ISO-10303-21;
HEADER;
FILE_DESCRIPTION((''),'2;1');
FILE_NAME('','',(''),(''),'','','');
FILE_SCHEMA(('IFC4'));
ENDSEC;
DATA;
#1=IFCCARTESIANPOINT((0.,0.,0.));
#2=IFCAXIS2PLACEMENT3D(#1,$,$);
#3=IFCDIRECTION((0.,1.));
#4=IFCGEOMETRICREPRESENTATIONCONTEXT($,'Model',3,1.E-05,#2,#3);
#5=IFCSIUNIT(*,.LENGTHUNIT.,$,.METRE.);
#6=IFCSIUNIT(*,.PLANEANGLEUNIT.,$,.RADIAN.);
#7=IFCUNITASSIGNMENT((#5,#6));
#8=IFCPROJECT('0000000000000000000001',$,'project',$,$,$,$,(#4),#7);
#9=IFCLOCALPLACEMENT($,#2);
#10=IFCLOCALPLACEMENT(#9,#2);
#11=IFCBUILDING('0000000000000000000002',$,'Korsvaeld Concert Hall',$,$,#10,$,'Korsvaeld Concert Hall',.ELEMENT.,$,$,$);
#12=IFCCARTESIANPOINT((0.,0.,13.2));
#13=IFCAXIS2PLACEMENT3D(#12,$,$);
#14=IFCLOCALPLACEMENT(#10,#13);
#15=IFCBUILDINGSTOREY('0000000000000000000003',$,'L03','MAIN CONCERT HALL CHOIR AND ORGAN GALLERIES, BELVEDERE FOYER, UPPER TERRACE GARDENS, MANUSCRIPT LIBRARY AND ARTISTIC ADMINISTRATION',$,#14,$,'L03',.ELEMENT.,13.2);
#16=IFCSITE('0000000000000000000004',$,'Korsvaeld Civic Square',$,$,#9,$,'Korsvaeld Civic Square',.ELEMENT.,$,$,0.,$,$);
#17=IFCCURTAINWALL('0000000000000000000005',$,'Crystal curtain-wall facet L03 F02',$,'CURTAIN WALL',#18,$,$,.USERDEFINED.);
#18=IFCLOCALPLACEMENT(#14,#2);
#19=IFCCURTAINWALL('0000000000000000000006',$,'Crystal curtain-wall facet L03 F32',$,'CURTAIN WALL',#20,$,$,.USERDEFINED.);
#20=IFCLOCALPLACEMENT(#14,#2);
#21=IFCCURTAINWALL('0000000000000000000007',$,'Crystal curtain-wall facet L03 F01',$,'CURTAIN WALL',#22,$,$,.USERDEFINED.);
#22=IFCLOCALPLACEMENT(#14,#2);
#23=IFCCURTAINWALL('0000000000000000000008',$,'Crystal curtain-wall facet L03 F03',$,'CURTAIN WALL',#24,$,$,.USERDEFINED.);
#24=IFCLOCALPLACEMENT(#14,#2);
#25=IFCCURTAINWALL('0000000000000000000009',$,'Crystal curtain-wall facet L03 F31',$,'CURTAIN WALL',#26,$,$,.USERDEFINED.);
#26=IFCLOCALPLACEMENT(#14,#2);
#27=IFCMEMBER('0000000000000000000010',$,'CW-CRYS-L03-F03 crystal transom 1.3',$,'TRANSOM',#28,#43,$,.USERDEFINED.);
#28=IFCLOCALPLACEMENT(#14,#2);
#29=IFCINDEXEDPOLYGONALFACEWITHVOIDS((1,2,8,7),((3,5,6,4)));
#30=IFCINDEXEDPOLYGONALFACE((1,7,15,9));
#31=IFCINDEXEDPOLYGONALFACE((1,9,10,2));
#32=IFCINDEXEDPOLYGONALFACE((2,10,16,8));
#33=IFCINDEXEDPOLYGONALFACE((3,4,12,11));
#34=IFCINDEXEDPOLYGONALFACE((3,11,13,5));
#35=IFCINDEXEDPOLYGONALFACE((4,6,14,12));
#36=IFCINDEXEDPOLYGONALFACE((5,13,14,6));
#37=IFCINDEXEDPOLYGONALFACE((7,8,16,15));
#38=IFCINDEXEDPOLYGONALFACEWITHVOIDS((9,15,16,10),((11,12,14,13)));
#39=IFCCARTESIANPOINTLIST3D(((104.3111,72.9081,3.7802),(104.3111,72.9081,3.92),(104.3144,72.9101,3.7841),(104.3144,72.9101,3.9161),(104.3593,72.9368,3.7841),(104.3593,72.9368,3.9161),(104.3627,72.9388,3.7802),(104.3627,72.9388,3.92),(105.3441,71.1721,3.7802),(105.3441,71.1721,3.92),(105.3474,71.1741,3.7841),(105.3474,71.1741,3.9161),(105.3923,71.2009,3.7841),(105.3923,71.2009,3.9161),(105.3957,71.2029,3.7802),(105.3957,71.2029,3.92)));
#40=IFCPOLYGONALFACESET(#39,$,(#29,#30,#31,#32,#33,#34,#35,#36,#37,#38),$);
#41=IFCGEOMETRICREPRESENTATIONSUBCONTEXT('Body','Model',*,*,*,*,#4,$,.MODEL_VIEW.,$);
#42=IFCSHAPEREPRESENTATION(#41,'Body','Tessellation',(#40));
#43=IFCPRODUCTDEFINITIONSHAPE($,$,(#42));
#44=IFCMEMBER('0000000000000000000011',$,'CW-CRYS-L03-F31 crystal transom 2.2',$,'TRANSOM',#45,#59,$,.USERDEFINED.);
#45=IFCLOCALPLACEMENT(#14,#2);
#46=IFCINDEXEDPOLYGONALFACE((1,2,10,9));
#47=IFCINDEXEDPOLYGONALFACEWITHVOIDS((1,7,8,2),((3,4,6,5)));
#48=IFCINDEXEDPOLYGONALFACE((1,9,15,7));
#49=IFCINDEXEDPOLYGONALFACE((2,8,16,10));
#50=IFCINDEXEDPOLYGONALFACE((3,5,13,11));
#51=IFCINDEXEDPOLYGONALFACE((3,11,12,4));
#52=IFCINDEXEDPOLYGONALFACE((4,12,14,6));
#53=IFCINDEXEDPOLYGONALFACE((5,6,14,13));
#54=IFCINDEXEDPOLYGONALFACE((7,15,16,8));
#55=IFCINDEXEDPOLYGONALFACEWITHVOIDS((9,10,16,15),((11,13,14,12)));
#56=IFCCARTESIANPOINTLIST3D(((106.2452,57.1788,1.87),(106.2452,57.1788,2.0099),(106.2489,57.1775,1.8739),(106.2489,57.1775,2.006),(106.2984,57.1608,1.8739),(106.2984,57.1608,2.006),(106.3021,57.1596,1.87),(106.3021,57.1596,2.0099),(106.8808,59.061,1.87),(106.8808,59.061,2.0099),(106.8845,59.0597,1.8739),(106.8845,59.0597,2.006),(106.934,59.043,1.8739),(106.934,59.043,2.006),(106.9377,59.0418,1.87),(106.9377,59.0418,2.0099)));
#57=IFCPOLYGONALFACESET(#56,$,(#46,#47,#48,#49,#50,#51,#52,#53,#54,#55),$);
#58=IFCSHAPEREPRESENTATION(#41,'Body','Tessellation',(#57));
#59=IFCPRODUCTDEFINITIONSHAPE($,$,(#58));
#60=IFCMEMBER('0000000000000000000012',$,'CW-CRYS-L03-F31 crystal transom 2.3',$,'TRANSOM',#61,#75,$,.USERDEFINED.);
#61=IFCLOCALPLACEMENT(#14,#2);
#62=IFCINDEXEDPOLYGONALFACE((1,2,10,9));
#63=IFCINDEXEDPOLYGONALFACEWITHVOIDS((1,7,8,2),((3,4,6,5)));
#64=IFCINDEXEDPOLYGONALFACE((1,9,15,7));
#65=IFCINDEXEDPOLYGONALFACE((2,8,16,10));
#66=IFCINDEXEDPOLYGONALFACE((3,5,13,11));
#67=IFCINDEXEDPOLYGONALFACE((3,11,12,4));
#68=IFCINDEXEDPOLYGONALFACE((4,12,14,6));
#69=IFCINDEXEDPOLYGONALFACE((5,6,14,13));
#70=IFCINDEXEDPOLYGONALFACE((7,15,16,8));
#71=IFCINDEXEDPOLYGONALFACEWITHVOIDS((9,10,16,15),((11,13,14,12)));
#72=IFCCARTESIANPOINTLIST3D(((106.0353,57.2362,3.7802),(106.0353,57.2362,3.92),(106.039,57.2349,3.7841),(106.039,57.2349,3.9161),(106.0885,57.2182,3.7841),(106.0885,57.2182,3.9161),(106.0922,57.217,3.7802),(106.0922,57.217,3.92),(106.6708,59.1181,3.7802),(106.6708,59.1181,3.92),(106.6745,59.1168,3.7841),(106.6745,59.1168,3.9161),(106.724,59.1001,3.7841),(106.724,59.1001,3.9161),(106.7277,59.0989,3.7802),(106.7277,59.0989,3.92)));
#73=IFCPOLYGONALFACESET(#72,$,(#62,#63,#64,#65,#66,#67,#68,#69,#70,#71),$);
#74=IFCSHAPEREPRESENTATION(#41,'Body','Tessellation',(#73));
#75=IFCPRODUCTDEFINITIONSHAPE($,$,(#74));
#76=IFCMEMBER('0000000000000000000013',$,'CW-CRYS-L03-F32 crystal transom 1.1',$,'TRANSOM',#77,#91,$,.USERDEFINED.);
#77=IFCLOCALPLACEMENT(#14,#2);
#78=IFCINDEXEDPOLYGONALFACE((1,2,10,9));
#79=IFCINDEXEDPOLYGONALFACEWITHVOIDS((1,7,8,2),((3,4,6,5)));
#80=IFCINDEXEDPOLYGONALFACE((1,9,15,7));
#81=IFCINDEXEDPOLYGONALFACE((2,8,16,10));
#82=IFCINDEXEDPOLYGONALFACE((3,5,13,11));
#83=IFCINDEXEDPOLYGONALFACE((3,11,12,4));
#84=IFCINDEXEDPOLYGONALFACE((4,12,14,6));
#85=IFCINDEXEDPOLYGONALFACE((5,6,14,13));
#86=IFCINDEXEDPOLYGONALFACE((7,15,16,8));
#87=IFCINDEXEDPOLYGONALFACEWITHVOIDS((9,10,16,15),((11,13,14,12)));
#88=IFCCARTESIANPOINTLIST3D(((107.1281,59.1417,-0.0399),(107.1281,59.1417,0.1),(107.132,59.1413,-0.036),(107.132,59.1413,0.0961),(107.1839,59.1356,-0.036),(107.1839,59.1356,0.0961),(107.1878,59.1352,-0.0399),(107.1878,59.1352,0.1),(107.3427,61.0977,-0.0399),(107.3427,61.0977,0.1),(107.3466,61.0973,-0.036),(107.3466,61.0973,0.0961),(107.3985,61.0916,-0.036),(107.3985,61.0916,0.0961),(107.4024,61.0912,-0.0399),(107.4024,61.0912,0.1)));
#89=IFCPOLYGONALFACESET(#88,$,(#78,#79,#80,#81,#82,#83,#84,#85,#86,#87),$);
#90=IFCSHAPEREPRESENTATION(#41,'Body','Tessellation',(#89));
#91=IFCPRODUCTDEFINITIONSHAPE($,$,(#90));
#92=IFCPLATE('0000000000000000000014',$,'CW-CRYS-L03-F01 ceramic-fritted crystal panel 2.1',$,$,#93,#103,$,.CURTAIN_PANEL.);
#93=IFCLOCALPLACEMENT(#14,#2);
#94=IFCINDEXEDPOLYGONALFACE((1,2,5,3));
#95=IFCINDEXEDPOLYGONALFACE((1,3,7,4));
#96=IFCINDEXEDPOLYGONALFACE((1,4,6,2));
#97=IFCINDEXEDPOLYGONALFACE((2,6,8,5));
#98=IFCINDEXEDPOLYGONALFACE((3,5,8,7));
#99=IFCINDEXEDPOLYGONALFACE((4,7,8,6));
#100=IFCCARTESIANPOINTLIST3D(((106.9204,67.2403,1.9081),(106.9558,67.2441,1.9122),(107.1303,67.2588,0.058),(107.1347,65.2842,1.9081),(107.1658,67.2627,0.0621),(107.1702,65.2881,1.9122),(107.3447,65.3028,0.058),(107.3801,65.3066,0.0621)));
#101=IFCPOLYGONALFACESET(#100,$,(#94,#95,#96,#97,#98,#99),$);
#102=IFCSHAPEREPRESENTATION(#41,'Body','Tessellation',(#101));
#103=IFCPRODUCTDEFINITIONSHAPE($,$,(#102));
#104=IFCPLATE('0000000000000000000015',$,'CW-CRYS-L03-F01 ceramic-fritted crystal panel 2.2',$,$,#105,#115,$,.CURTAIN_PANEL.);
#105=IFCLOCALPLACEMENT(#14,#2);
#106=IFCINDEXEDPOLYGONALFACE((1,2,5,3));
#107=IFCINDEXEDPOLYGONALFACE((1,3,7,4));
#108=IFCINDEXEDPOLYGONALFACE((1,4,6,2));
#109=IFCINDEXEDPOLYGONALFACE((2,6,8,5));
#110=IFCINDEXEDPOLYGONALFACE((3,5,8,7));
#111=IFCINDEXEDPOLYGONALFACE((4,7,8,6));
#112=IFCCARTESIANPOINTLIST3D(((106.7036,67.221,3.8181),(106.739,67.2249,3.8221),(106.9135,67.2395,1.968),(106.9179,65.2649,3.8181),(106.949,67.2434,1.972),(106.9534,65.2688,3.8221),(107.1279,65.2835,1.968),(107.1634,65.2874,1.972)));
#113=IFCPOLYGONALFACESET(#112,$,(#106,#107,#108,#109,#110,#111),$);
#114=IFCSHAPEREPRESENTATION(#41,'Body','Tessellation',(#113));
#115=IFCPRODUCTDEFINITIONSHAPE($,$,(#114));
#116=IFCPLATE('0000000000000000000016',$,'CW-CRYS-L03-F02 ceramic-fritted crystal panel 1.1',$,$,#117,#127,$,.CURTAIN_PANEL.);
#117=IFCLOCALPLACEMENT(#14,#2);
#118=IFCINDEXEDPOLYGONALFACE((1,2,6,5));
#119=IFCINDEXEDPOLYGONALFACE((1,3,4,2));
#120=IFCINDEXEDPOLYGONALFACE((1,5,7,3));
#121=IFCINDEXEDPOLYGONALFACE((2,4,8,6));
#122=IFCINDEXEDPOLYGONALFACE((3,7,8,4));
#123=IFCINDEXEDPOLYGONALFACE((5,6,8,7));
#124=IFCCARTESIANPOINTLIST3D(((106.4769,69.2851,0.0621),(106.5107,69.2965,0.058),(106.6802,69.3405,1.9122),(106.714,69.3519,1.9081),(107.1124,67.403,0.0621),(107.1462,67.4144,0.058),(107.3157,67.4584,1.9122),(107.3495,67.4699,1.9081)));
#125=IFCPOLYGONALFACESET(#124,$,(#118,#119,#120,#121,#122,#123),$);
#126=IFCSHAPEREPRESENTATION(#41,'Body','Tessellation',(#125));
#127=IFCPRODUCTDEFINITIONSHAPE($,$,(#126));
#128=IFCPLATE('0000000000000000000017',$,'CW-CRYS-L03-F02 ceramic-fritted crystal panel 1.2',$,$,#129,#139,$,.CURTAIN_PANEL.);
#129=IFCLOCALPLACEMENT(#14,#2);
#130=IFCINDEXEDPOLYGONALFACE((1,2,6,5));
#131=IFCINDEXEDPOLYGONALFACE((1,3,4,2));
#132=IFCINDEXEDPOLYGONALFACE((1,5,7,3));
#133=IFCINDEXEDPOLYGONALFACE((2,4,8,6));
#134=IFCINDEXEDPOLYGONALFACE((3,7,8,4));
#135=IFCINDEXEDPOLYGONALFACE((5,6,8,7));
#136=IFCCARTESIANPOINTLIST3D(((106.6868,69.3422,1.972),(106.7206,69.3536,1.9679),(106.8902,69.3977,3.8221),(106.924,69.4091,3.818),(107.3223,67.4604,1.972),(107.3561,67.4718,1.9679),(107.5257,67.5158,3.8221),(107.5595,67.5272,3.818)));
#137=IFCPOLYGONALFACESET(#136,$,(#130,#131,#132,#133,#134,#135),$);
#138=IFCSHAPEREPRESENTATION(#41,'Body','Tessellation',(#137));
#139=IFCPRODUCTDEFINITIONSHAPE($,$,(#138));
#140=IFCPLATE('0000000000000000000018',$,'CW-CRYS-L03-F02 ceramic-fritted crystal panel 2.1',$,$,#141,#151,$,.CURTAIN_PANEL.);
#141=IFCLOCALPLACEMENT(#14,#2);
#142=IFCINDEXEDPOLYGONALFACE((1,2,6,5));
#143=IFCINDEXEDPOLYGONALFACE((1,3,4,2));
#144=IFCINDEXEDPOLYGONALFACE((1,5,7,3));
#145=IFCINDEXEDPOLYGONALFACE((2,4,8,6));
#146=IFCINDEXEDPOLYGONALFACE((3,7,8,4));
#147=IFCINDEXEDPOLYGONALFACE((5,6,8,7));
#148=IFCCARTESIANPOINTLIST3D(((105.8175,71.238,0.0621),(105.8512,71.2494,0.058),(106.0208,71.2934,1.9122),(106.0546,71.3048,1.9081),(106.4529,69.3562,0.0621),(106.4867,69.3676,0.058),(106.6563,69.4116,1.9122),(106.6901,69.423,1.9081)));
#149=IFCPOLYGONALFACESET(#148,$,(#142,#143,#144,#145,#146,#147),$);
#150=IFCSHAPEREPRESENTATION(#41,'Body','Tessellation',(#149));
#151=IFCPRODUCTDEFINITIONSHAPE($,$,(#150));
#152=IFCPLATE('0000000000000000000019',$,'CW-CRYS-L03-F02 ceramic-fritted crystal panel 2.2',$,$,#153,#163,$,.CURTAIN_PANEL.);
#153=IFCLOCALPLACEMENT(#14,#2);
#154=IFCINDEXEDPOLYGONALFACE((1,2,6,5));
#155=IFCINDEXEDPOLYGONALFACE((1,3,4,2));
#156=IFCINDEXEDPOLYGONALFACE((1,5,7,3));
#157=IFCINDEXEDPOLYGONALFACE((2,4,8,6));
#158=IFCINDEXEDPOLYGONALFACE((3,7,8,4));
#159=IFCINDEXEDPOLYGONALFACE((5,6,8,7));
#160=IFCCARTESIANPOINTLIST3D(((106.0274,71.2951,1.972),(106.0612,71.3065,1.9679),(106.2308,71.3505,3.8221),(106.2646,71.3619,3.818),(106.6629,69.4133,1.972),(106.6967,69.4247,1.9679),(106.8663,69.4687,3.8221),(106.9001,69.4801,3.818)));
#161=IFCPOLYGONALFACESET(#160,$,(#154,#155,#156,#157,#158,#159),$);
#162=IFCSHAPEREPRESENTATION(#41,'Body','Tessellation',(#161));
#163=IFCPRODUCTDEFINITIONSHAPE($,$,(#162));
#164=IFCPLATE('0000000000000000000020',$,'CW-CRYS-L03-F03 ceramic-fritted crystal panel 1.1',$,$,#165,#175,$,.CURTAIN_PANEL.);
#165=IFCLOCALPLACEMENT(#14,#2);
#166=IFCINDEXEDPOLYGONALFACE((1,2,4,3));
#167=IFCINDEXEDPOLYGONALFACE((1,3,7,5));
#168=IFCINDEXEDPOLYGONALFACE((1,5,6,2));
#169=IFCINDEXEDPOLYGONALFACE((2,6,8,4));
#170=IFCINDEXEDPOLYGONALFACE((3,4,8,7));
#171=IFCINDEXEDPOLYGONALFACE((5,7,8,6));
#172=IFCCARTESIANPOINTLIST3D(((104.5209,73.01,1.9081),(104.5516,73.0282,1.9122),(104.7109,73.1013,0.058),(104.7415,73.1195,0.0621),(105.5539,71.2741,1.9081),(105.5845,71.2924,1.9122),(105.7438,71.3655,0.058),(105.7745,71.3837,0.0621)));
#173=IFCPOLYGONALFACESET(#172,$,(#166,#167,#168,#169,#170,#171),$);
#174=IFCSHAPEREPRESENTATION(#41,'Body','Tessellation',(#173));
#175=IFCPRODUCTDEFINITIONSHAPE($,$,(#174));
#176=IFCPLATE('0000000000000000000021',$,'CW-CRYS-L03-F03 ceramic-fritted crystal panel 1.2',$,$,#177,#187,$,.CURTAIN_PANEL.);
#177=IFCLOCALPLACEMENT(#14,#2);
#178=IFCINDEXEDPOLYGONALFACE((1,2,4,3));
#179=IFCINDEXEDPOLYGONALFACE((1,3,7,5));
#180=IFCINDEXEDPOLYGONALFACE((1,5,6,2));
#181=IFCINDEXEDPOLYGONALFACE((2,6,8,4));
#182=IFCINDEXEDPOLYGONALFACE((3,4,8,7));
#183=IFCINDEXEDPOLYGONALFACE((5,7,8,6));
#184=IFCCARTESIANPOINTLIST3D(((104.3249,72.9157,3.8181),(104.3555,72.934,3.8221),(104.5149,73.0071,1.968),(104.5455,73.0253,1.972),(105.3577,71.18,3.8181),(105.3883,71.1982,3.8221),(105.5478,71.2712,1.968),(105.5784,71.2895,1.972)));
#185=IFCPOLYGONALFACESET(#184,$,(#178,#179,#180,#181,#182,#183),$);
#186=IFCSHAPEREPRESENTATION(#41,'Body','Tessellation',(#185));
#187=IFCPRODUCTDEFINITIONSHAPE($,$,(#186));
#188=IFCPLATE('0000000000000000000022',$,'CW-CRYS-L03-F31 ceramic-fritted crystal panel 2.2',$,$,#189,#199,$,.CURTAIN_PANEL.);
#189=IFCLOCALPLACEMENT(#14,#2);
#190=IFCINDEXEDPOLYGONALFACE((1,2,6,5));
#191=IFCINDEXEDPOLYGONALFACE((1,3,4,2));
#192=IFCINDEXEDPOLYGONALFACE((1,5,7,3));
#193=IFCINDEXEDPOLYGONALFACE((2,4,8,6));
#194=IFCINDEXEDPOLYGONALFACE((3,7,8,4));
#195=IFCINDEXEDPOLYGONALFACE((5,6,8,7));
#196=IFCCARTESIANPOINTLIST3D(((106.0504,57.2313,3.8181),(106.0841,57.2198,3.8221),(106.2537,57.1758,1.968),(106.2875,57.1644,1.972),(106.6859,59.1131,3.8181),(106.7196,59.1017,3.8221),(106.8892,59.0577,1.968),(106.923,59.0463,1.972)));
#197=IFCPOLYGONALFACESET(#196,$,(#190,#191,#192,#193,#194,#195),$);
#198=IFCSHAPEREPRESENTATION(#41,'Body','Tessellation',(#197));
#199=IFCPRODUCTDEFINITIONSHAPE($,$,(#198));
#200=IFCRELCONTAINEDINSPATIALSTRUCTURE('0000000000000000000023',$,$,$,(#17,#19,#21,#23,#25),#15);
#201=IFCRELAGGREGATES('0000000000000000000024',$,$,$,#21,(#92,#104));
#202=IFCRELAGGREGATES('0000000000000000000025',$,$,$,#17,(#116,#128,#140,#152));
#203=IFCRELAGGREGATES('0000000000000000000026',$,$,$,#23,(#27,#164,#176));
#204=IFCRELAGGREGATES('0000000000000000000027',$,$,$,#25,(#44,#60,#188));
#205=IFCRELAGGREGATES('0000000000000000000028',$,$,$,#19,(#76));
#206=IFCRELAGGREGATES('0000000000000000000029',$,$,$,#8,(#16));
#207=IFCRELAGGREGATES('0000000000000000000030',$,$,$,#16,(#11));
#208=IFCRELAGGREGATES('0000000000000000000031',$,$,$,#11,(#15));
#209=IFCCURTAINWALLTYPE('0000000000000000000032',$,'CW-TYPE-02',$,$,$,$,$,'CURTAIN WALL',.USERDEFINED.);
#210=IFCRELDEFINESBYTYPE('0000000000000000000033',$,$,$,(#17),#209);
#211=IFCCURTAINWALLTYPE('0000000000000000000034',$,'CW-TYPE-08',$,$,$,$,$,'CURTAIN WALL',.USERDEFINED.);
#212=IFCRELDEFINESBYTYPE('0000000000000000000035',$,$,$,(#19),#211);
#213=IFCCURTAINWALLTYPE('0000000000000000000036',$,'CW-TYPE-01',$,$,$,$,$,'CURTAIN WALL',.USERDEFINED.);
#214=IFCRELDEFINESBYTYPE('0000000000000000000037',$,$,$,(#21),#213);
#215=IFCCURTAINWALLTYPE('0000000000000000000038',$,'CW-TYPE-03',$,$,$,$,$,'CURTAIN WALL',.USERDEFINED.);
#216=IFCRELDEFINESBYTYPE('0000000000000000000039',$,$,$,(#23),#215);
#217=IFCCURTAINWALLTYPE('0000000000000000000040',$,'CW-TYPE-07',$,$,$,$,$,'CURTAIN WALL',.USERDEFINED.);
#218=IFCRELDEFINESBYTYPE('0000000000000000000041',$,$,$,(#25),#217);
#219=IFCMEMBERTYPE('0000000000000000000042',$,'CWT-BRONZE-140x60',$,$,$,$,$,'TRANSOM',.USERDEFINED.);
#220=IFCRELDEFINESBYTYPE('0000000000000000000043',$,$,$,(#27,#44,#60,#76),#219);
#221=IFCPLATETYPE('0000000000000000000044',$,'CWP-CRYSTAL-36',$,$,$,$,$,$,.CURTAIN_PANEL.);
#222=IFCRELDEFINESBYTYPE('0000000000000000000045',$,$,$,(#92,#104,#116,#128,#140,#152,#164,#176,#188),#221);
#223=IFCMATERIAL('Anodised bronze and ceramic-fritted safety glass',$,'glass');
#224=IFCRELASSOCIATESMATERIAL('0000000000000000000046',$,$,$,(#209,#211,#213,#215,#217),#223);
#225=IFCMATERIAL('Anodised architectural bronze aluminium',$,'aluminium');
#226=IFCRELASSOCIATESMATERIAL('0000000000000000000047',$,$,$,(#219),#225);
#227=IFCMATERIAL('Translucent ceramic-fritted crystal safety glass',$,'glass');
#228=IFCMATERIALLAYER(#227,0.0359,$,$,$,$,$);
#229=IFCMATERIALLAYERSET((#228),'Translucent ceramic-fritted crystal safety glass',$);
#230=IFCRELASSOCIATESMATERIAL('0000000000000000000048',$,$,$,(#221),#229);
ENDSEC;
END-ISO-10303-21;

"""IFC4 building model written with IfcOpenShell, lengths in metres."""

from ifc_helpers import new_model, si_unit, direction, frame, origin, origin_2d, place, context, subcontext, project, spatial, polyline, hollow_rectangle, outline, extrude, material, layer, layer_set, material_profile, profile_set, type_object, element, aggregate, save


model = new_model("IFC4")

# Units and contexts
model_context = context("Model", 3, precision=1e-05, world=origin(), true_north=direction((0.0, 1.0)))
body_context = subcontext(model_context, "Body", "Model", "MODEL_VIEW")
ifc_project = project(units=[si_unit("LENGTHUNIT", "METRE"), si_unit("PLANEANGLEUNIT", "RADIAN")], contexts=[model_context])

# Site, building, storey
site_placement = place(None, origin())
site = spatial("IfcSite", under=ifc_project, at=site_placement, Name="Korsvaeld Civic Square", LongName="Korsvaeld Civic Square", CompositionType="ELEMENT", RefElevation=0.0)
building_placement = place(site_placement, origin())
building = spatial("IfcBuilding", under=site, at=building_placement, Name="Korsvaeld Concert Hall", LongName="Korsvaeld Concert Hall", CompositionType="ELEMENT")
storey_placement = place(building_placement, frame((0.0, 0.0, 13.2)))
storey = spatial("IfcBuildingStorey", under=building, at=storey_placement, Name="L03", Description="MAIN CONCERT HALL CHOIR AND ORGAN GALLERIES, BELVEDERE FOYER, UPPER TERRACE GARDENS, MANUSCRIPT LIBRARY AND ARTISTIC ADMINISTRATION", LongName="L03", CompositionType="ELEMENT", Elevation=13.2)

# Curtain wall
ifc_material_1 = material(Name="Anodised bronze and ceramic-fritted safety glass", Category="glass")
curtain_wall_type_1 = type_object("IfcCurtainWallType", Name="CW-TYPE-02", ElementType="CURTAIN WALL", PredefinedType="USERDEFINED", material=ifc_material_1)
curtain_wall_1_placement = place(storey_placement, origin())
curtain_wall_1 = element("IfcCurtainWall", 1, at=curtain_wall_1_placement, inside=storey, type_object=curtain_wall_type_1, Name="Crystal curtain-wall facet L03 F02", ObjectType="CURTAIN WALL", PredefinedType="USERDEFINED")
ifc_material_2 = material(Name="Anodised architectural bronze aluminium", Category="aluminium")

# Curtain walls
curtain_wall_type_2 = type_object("IfcCurtainWallType", Name="CW-TYPE-08", ElementType="CURTAIN WALL", PredefinedType="USERDEFINED", material=ifc_material_1)
curtain_wall_2_placement = place(storey_placement, origin())
curtain_wall_2 = element("IfcCurtainWall", 2, at=curtain_wall_2_placement, inside=storey, type_object=curtain_wall_type_2, Name="Crystal curtain-wall facet L03 F32", ObjectType="CURTAIN WALL", PredefinedType="USERDEFINED")
curtain_wall_type_3 = type_object("IfcCurtainWallType", Name="CW-TYPE-01", ElementType="CURTAIN WALL", PredefinedType="USERDEFINED", material=ifc_material_1)
curtain_wall_3_placement = place(storey_placement, origin())
curtain_wall_3 = element("IfcCurtainWall", 3, at=curtain_wall_3_placement, inside=storey, type_object=curtain_wall_type_3, Name="Crystal curtain-wall facet L03 F01", ObjectType="CURTAIN WALL", PredefinedType="USERDEFINED")
curtain_wall_type_4 = type_object("IfcCurtainWallType", Name="CW-TYPE-03", ElementType="CURTAIN WALL", PredefinedType="USERDEFINED", material=ifc_material_1)
curtain_wall_4_placement = place(storey_placement, origin())
curtain_wall_4 = element("IfcCurtainWall", 4, at=curtain_wall_4_placement, inside=storey, type_object=curtain_wall_type_4, Name="Crystal curtain-wall facet L03 F03", ObjectType="CURTAIN WALL", PredefinedType="USERDEFINED")
curtain_wall_type_5 = type_object("IfcCurtainWallType", Name="CW-TYPE-07", ElementType="CURTAIN WALL", PredefinedType="USERDEFINED", material=ifc_material_1)
curtain_wall_5_placement = place(storey_placement, origin())
curtain_wall_5 = element("IfcCurtainWall", 5, at=curtain_wall_5_placement, inside=storey, type_object=curtain_wall_type_5, Name="Crystal curtain-wall facet L03 F31", ObjectType="CURTAIN WALL", PredefinedType="USERDEFINED")

# Members
ifc_material_profile_1 = material_profile(ifc_material_2, hollow_rectangle(XDim=0.0601, YDim=0.1399, WallThickness=0.0039, at=origin_2d()), Name="CWT 140x60x4")
ifc_profile_set_1 = profile_set([ifc_material_profile_1], Name="Anodised architectural bronze aluminium")
member_type_1 = type_object("IfcMemberType", Name="CWT-BRONZE-140x60", ElementType="TRANSOM", PredefinedType="USERDEFINED", material=ifc_profile_set_1)
member_1_placement = place(storey_placement, frame((105.3699, 71.1875, 3.8501), z_axis=(-0.511382, 0.859354, 0.0), x_axis=(-0.859354, -0.511382, 0.0)))
member_1 = element("IfcMember", 6, at=member_1_placement, type_object=member_type_1, Name="CW-CRYS-L03-F03 crystal transom 1.3", ObjectType="TRANSOM", PredefinedType="USERDEFINED", context=body_context, shape_type="SweptSolid", body=[
    extrude(hollow_rectangle(XDim=0.0601, YDim=0.1399, WallThickness=0.0039, at=origin_2d()), origin(), (0.0, 0.0, 1.0), 2.02),
])
member_2_placement = place(storey_placement, frame((106.2737, 57.1692, 1.9399), z_axis=(0.319912, 0.947447, 0.0), x_axis=(-0.947447, 0.319912, 0.0)))
member_2 = element("IfcMember", 7, at=member_2_placement, type_object=member_type_1, Name="CW-CRYS-L03-F31 crystal transom 2.2", ObjectType="TRANSOM", PredefinedType="USERDEFINED", context=body_context, shape_type="SweptSolid", body=[
    extrude(hollow_rectangle(XDim=0.0601, YDim=0.1399, WallThickness=0.0039, at=origin_2d()), origin(), (0.0, 0.0, 1.0), 1.9866),
])
member_3_placement = place(storey_placement, frame((106.0637, 57.2266, 3.8501), z_axis=(0.31995, 0.947435, 0.0), x_axis=(-0.947435, 0.31995, 0.0)))
member_3 = element("IfcMember", 8, at=member_3_placement, type_object=member_type_1, Name="CW-CRYS-L03-F31 crystal transom 2.3", ObjectType="TRANSOM", PredefinedType="USERDEFINED", context=body_context, shape_type="SweptSolid", body=[
    extrude(hollow_rectangle(XDim=0.0601, YDim=0.1399, WallThickness=0.0039, at=origin_2d()), origin(), (0.0, 0.0, 1.0), 1.9863),
])
member_4_placement = place(storey_placement, frame((107.158, 59.1384, 0.03), z_axis=(0.109056, 0.994036, 0.0), x_axis=(-0.994036, 0.109056, 0.0)))
member_4 = element("IfcMember", 9, at=member_4_placement, type_object=member_type_1, Name="CW-CRYS-L03-F32 crystal transom 1.1", ObjectType="TRANSOM", PredefinedType="USERDEFINED", context=body_context, shape_type="SweptSolid", body=[
    extrude(hollow_rectangle(XDim=0.0601, YDim=0.1399, WallThickness=0.0039, at=origin_2d()), origin(), (0.0, 0.0, 1.0), 1.9678),
])

# Plates
ifc_material_3 = material(Name="Translucent ceramic-fritted crystal safety glass", Category="glass")
ifc_layer = layer(ifc_material_3, 0.0359)
ifc_layer_set = layer_set([ifc_layer], Name="Translucent ceramic-fritted crystal safety glass")
plate_type = type_object("IfcPlateType", Name="CWP-CRYSTAL-36", PredefinedType="CURTAIN_PANEL", material=ifc_layer_set)
plate_1_placement = place(storey_placement, frame((107.3623, 65.3047, 0.0601), z_axis=(0.987663, 0.108234, 0.113172), x_axis=(-0.108933, 0.994049, 0.0)))
plate_1 = element("IfcPlate", 10, at=plate_1_placement, type_object=plate_type, Name="CW-CRYS-L03-F01 ceramic-fritted crystal panel 2.1", PredefinedType="CURTAIN_PANEL", context=body_context, shape_type="SweptSolid", body=[
    extrude(outline(polyline([(0.0, 0.0), (1.9678, 0.0), (1.9722, 1.8621), (0.0044, 1.8621), (0.0, 0.0)])), frame((0.0, 0.0, 0.0181)), (0.0, 0.0, -1.0), 0.0359),
])
plate_2_placement = place(storey_placement, frame((107.1455, 65.2854, 1.97), z_axis=(0.987663, 0.108234, 0.113172), x_axis=(-0.108933, 0.994049, 0.0)))
plate_2 = element("IfcPlate", 11, at=plate_2_placement, type_object=plate_type, Name="CW-CRYS-L03-F01 ceramic-fritted crystal panel 2.2", PredefinedType="CURTAIN_PANEL", context=body_context, shape_type="SweptSolid", body=[
    extrude(outline(polyline([(0.0, 0.0), (1.9678, 0.0), (1.9722, 1.8621), (0.0044, 1.8621), (0.0, 0.0)])), frame((0.0, 0.0, 0.0181)), (0.0, 0.0, -1.0), 0.0359),
])
aggregate(curtain_wall_3, [plate_1, plate_2])
plate_3_placement = place(storey_placement, frame((107.1292, 67.4087, 0.0601), z_axis=(0.941379, 0.317863, -0.113001), x_axis=(-0.319912, 0.947447, 0.0)))
plate_3 = element("IfcPlate", 12, at=plate_3_placement, type_object=plate_type, Name="CW-CRYS-L03-F02 ceramic-fritted crystal panel 1.1", PredefinedType="CURTAIN_PANEL", context=body_context, shape_type="SweptSolid", body=[
    extrude(outline(polyline([(0.0, 0.0), (1.9865, 0.0), (1.9739, 1.862), (-0.0126, 1.862), (0.0, 0.0)])), frame((0.0, 0.0, 0.0181)), (0.0, 0.0, -1.0), 0.0359),
])
plate_4_placement = place(storey_placement, frame((107.3391, 67.4661, 1.97), z_axis=(0.941366, 0.3179, -0.113001), x_axis=(-0.31995, 0.947435, 0.0)))
plate_4 = element("IfcPlate", 13, at=plate_4_placement, type_object=plate_type, Name="CW-CRYS-L03-F02 ceramic-fritted crystal panel 1.2", PredefinedType="CURTAIN_PANEL", context=body_context, shape_type="SweptSolid", body=[
    extrude(outline(polyline([(0.0, 0.0), (1.9862, 0.0), (1.9737, 1.862), (-0.0126, 1.862), (0.0, 0.0)])), frame((0.0, 0.0, 0.0181)), (0.0, 0.0, -1.0), 0.0359),
])
plate_5_placement = place(storey_placement, frame((106.4697, 69.3618, 0.0601), z_axis=(0.941366, 0.3179, -0.113001), x_axis=(-0.31995, 0.947435, 0.0)))
plate_5 = element("IfcPlate", 14, at=plate_5_placement, type_object=plate_type, Name="CW-CRYS-L03-F02 ceramic-fritted crystal panel 2.1", PredefinedType="CURTAIN_PANEL", context=body_context, shape_type="SweptSolid", body=[
    extrude(outline(polyline([(0.0, 0.0), (1.9862, 0.0), (1.9737, 1.862), (-0.0126, 1.862), (0.0, 0.0)])), frame((0.0, 0.0, 0.0181)), (0.0, 0.0, -1.0), 0.0359),
])
plate_6_placement = place(storey_placement, frame((106.6797, 69.4189, 1.97), z_axis=(0.941366, 0.3179, -0.113001), x_axis=(-0.31995, 0.947435, 0.0)))
plate_6 = element("IfcPlate", 15, at=plate_6_placement, type_object=plate_type, Name="CW-CRYS-L03-F02 ceramic-fritted crystal panel 2.2", PredefinedType="CURTAIN_PANEL", context=body_context, shape_type="SweptSolid", body=[
    extrude(outline(polyline([(0.0, 0.0), (1.9862, 0.0), (1.9737, 1.862), (-0.0126, 1.862), (0.0, 0.0)])), frame((0.0, 0.0, 0.0181)), (0.0, 0.0, -1.0), 0.0359),
])
aggregate(curtain_wall_1, [plate_3, plate_4, plate_5, plate_6])
plate_7_placement = place(storey_placement, frame((105.759, 71.3745, 0.0601), z_axis=(0.853875, 0.508121, 0.112741), x_axis=(-0.511382, 0.859354, 0.0)))
plate_7 = element("IfcPlate", 16, at=plate_7_placement, type_object=plate_type, Name="CW-CRYS-L03-F03 ceramic-fritted crystal panel 1.1", PredefinedType="CURTAIN_PANEL", context=body_context, shape_type="SweptSolid", body=[
    extrude(outline(polyline([(0.0, 0.0), (2.0199, 0.0), (2.0386, 1.862), (0.0187, 1.862), (0.0, 0.0)])), frame((0.0, 0.0, 0.0181)), (0.0, 0.0, -1.0), 0.0359),
])
plate_8_placement = place(storey_placement, frame((105.563, 71.2803, 1.97), z_axis=(0.853896, 0.508074, 0.112797), x_axis=(-0.511338, 0.85938, 0.000006)))
plate_8 = element("IfcPlate", 17, at=plate_8_placement, type_object=plate_type, Name="CW-CRYS-L03-F03 ceramic-fritted crystal panel 1.2", PredefinedType="CURTAIN_PANEL", context=body_context, shape_type="SweptSolid", body=[
    extrude(outline(polyline([(0.0, 0.0), (2.0199, 0.0), (2.0386, 1.862), (0.0188, 1.862), (0.0, 0.0)])), frame((0.0, 0.0, 0.0181)), (0.0, 0.0, -1.0), 0.0359),
])
aggregate(curtain_wall_4, [member_1, plate_7, plate_8])
plate_9_placement = place(storey_placement, frame((106.2705, 57.1702, 1.97), z_axis=(0.941366, -0.3179, 0.113001), x_axis=(0.31995, 0.947435, 0.0)))
plate_9 = element("IfcPlate", 18, at=plate_9_placement, type_object=plate_type, Name="CW-CRYS-L03-F31 ceramic-fritted crystal panel 2.2", PredefinedType="CURTAIN_PANEL", context=body_context, shape_type="SweptSolid", body=[
    extrude(outline(polyline([(0.0, 0.0), (1.9862, 0.0), (1.9737, 1.862), (-0.0126, 1.862), (0.0, 0.0)])), frame((0.0, 0.0, 0.0181)), (0.0, 0.0, -1.0), 0.0359),
])
aggregate(curtain_wall_5, [member_2, member_3, plate_9])
aggregate(curtain_wall_2, [member_4])

save(model, "model.ifc")
